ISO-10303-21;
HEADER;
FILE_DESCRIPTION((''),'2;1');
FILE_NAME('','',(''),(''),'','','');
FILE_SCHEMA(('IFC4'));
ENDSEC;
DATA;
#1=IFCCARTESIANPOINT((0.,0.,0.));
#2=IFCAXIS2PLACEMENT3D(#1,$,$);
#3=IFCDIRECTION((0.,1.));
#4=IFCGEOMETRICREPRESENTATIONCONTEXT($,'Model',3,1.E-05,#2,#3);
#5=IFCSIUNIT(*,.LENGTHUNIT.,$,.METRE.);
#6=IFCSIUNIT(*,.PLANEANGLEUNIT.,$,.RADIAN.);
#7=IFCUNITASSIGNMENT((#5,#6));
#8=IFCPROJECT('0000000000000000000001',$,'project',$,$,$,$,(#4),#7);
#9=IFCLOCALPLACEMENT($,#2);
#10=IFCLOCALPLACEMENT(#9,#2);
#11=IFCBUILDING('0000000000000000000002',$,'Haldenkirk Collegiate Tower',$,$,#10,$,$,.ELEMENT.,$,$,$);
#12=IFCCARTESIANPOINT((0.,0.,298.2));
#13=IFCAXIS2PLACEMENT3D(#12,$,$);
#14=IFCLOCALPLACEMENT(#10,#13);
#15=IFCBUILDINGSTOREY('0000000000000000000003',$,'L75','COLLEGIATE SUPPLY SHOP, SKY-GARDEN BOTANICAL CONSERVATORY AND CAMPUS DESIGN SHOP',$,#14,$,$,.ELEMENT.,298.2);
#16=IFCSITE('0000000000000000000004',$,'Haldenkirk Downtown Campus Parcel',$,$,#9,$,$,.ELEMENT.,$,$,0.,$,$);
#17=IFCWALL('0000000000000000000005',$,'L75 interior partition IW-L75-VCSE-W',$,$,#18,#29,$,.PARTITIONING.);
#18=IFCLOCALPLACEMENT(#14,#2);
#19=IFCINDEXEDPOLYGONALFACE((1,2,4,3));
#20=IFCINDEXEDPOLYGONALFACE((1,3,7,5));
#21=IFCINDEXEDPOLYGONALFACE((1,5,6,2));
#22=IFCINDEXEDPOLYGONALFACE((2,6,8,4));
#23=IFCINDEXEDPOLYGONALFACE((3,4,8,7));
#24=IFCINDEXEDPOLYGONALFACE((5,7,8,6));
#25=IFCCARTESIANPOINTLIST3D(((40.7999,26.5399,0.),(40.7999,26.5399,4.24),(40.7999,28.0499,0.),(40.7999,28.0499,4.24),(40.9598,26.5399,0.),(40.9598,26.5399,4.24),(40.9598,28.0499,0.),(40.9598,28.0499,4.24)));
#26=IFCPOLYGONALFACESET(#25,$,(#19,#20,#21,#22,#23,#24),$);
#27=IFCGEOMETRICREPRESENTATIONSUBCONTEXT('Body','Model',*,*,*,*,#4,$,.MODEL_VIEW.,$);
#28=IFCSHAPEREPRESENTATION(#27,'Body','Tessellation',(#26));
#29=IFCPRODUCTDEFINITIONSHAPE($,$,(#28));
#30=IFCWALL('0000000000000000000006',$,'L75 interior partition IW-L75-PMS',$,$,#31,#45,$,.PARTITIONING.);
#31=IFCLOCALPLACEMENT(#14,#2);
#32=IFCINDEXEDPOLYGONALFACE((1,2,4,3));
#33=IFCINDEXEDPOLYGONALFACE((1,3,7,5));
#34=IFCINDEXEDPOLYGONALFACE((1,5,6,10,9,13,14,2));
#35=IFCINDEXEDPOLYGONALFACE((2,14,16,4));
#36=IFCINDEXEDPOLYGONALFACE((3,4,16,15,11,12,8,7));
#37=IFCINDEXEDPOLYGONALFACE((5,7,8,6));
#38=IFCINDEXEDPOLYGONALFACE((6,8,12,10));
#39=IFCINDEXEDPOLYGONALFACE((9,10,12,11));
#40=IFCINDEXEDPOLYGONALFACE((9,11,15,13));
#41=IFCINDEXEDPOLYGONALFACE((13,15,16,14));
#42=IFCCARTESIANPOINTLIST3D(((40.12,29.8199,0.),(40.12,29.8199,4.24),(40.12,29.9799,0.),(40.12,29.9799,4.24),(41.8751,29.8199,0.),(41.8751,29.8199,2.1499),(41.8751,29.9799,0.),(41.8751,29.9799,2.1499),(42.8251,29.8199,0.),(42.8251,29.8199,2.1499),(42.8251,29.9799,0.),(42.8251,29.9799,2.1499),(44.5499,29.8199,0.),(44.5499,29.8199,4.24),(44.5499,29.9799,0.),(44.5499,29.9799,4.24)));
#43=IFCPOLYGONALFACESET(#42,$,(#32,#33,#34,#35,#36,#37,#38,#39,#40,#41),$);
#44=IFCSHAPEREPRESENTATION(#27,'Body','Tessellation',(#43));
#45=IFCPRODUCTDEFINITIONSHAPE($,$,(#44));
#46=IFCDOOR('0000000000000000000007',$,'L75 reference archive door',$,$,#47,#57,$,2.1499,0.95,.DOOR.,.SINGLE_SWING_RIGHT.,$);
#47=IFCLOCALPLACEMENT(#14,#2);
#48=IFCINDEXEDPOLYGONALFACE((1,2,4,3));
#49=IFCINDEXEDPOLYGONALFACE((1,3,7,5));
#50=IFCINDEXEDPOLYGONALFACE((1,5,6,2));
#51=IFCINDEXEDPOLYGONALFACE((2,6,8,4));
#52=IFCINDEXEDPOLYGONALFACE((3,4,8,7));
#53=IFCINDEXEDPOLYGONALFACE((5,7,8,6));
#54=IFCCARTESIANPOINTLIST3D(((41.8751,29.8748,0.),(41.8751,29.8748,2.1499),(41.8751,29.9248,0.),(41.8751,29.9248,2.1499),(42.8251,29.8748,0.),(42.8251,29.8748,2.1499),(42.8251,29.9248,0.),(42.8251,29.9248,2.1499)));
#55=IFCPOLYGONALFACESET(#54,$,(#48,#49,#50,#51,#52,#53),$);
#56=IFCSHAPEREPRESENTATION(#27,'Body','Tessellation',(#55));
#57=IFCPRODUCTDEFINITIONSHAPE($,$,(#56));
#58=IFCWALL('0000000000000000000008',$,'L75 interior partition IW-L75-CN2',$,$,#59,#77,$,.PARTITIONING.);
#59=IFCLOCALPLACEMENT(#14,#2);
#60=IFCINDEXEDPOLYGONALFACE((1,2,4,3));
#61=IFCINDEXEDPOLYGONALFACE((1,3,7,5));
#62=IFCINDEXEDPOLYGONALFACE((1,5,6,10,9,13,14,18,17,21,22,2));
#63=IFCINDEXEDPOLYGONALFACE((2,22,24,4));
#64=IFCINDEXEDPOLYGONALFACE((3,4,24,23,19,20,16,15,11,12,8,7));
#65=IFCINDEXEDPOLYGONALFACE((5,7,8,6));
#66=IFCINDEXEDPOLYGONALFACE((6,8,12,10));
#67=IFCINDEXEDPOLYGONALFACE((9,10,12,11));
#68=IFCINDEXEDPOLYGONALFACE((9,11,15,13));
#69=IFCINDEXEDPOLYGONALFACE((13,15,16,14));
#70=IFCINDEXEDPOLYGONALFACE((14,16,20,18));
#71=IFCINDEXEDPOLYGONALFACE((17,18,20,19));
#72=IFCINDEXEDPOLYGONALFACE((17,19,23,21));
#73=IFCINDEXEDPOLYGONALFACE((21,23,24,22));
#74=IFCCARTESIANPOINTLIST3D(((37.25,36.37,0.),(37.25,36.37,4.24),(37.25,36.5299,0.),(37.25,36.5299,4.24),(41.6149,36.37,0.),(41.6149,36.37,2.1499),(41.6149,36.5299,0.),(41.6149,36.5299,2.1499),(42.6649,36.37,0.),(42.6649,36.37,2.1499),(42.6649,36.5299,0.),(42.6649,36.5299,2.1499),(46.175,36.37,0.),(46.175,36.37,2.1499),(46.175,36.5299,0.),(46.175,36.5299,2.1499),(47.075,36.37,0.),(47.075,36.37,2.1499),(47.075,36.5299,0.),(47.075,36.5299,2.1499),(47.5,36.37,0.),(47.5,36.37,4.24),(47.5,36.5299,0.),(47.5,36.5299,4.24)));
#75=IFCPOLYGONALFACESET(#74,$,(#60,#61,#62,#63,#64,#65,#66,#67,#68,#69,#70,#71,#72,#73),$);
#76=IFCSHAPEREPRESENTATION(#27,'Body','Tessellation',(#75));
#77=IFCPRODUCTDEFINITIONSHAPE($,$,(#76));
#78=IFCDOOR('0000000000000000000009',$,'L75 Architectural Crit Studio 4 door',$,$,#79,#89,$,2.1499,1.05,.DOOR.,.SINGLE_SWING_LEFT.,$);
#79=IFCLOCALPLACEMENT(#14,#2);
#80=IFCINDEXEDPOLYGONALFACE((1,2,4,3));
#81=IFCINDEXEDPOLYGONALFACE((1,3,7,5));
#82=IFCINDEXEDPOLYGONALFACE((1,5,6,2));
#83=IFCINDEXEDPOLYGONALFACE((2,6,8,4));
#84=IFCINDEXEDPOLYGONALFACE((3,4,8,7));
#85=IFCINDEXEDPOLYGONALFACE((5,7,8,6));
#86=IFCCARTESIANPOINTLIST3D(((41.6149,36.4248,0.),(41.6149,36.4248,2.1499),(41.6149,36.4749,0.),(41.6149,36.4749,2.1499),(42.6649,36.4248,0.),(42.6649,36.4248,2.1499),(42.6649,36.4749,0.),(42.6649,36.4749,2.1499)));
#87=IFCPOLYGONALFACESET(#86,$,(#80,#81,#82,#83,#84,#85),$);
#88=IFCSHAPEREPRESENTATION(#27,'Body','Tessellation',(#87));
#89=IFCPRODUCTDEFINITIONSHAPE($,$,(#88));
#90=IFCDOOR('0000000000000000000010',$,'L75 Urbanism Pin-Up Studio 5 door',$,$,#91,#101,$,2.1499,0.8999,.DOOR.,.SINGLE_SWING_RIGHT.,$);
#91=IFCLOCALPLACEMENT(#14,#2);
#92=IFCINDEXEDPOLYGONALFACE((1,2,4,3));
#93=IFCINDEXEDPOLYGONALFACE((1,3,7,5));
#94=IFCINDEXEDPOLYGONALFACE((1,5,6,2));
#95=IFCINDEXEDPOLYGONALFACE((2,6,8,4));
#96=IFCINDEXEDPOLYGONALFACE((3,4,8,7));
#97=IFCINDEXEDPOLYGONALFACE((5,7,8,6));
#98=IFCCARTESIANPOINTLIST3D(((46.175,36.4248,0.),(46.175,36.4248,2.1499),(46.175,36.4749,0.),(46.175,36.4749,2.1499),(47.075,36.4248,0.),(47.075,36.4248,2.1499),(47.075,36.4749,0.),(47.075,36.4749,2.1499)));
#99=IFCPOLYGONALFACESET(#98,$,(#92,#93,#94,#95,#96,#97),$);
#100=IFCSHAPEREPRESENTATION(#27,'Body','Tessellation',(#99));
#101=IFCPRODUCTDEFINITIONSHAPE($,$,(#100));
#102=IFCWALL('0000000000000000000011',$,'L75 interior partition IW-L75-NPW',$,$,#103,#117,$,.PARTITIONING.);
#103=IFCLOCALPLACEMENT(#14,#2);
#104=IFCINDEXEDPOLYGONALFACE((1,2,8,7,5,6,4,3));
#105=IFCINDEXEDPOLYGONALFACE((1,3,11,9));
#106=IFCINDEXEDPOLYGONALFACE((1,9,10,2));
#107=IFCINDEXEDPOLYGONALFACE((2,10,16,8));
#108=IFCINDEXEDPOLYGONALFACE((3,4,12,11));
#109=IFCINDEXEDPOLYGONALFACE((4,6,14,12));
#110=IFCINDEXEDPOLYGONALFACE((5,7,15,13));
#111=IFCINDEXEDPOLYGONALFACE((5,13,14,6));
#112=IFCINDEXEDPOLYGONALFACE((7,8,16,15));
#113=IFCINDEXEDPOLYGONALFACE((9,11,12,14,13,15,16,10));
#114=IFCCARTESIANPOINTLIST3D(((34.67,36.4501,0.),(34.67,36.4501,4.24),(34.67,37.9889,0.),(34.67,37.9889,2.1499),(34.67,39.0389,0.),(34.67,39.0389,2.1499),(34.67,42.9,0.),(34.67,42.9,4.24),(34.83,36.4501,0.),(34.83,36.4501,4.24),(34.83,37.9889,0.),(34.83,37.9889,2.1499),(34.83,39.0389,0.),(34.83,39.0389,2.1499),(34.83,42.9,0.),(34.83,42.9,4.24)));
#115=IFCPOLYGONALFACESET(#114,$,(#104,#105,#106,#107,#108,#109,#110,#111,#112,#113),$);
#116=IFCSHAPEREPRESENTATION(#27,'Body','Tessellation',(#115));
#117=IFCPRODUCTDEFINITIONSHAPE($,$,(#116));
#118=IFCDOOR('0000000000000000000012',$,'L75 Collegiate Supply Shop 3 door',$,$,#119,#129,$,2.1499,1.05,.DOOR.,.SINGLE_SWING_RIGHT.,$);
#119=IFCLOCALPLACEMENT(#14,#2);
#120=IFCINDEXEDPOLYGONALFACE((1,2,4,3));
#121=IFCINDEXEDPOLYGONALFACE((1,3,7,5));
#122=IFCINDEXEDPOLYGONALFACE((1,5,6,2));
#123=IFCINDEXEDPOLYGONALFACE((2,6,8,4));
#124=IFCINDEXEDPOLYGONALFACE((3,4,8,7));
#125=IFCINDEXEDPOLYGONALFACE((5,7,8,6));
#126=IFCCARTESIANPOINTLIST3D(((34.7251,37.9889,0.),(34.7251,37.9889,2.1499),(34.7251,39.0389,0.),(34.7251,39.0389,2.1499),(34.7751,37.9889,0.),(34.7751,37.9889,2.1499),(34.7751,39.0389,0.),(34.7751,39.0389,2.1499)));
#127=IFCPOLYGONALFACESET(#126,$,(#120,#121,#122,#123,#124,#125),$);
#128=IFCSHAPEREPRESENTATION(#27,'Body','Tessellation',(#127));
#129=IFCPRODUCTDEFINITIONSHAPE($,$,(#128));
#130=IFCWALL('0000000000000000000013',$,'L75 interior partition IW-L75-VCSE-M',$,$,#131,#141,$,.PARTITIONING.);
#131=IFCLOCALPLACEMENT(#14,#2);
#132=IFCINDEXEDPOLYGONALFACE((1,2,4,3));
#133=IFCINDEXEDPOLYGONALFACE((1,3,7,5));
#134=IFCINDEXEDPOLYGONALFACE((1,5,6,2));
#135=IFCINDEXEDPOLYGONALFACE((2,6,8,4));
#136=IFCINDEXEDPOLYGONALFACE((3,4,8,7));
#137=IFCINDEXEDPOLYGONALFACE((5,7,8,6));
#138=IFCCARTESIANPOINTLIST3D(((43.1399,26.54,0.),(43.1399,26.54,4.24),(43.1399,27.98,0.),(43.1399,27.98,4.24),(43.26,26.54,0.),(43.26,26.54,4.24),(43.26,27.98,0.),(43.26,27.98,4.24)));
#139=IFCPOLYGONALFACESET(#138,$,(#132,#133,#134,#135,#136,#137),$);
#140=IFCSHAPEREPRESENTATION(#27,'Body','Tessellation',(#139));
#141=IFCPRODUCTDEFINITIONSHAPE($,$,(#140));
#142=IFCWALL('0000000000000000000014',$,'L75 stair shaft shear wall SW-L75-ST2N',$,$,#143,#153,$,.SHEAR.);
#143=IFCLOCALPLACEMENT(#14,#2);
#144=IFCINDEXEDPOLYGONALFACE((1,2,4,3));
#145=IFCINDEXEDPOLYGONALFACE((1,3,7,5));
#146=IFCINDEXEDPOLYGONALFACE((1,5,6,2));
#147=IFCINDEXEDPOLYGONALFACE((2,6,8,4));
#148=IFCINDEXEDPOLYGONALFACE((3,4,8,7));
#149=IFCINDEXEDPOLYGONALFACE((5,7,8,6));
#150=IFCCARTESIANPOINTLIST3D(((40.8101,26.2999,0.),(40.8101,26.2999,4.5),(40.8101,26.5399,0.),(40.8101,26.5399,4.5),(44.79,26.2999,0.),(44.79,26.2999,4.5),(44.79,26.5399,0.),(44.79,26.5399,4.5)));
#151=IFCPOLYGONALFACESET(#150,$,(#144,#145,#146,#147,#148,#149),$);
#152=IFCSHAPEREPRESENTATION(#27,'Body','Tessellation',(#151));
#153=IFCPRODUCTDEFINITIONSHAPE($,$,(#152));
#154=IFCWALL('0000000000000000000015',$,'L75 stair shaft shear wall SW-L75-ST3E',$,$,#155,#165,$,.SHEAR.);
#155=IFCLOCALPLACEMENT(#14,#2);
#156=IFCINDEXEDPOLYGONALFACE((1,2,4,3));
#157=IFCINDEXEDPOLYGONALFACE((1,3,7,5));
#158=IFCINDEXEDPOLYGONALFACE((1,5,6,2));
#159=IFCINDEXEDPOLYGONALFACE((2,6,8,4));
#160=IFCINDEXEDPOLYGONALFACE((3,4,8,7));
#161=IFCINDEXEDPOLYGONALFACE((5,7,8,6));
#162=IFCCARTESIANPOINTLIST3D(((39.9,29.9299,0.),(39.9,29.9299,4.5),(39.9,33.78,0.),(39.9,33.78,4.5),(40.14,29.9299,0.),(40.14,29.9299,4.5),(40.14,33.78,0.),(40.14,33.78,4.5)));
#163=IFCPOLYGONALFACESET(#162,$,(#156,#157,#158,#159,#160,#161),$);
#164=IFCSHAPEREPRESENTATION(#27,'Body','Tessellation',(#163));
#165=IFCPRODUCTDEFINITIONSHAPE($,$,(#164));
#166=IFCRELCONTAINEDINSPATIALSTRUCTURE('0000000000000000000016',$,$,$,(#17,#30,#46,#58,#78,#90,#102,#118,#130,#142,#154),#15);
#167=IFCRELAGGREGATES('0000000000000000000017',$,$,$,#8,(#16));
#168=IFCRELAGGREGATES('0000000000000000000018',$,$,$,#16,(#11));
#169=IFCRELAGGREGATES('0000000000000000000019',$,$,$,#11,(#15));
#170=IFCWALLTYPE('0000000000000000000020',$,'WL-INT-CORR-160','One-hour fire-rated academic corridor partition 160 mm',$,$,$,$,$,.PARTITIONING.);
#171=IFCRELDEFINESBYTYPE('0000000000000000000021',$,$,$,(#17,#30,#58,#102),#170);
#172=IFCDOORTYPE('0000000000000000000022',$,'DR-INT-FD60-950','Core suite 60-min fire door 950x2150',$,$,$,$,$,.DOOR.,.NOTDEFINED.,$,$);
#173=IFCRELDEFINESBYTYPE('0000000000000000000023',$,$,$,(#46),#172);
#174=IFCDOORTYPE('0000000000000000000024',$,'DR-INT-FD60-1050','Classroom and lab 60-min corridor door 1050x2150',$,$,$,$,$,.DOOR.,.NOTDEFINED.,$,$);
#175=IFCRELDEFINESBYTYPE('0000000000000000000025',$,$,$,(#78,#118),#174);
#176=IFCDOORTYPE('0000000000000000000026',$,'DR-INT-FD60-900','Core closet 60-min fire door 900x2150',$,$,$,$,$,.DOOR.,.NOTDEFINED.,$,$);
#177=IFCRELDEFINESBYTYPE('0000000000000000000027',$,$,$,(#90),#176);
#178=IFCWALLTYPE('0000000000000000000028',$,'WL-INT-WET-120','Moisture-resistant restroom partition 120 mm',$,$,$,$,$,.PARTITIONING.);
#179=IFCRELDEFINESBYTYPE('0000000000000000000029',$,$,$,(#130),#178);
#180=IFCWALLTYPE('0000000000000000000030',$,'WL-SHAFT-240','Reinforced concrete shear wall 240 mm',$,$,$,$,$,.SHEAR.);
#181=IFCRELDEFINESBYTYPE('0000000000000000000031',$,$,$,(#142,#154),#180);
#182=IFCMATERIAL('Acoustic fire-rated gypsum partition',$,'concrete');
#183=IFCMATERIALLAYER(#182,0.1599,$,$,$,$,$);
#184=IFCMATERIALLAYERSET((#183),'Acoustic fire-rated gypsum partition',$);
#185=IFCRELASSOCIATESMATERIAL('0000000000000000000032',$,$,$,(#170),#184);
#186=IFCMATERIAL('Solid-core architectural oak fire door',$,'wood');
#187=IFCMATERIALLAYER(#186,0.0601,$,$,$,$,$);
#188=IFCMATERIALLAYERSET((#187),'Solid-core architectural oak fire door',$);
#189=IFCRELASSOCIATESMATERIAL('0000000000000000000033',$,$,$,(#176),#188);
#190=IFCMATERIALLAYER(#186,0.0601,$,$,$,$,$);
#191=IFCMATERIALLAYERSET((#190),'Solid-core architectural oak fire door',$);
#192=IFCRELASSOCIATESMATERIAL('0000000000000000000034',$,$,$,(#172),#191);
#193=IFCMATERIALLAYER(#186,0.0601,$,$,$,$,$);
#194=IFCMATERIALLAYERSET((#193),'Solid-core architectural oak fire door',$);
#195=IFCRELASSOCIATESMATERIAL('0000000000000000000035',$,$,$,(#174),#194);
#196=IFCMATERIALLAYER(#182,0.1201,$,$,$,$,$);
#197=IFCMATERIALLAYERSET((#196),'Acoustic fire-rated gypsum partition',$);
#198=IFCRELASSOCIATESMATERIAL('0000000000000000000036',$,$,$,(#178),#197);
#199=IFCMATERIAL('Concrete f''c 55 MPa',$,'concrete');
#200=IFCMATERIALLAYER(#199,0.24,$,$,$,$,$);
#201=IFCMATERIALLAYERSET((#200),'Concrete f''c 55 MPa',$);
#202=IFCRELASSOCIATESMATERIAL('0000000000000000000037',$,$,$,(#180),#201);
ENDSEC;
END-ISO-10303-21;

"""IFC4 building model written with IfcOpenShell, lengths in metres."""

from ifc_helpers import new_model, si_unit, direction, frame, frame_2d, origin, place, context, subcontext, project, spatial, rectangle, extrude, material, layer, layer_set, type_object, element, fill, save


model = new_model("IFC4")

# Units and contexts
model_context = context("Model", 3, precision=1e-05, world=origin(), true_north=direction((0.0, 1.0)))
body_context = subcontext(model_context, "Body", "Model", "MODEL_VIEW")
ifc_project = project(units=[si_unit("LENGTHUNIT", "METRE"), si_unit("PLANEANGLEUNIT", "RADIAN")], contexts=[model_context])

# Site, building, storey
site_placement = place(None, origin())
site = spatial("IfcSite", under=ifc_project, at=site_placement, Name="Haldenkirk Downtown Campus Parcel", CompositionType="ELEMENT", RefElevation=0.0)
building_placement = place(site_placement, origin())
building = spatial("IfcBuilding", under=site, at=building_placement, Name="Haldenkirk Collegiate Tower", CompositionType="ELEMENT")
storey_placement = place(building_placement, frame((0.0, 0.0, 298.2)))
storey = spatial("IfcBuildingStorey", under=building, at=storey_placement, Name="L75", Description="COLLEGIATE SUPPLY SHOP, SKY-GARDEN BOTANICAL CONSERVATORY AND CAMPUS DESIGN SHOP", CompositionType="ELEMENT", Elevation=298.2)

# Shared definitions
ifc_material_1 = material(Name="Acoustic fire-rated gypsum partition", Category="concrete")
ifc_layer_1 = layer(ifc_material_1, 0.1599)
ifc_layer_set_1 = layer_set([ifc_layer_1], Name="Acoustic fire-rated gypsum partition")
wall_type_1 = type_object("IfcWallType", Name="WL-INT-CORR-160", Description="One-hour fire-rated academic corridor partition 160 mm", PredefinedType="PARTITIONING", material=ifc_layer_set_1)
ifc_material_2 = material(Name="Solid-core architectural oak fire door", Category="wood")
ifc_layer_2 = layer(ifc_material_2, 0.0601)
ifc_layer_set_2 = layer_set([ifc_layer_2], Name="Solid-core architectural oak fire door")
door_type_1 = type_object("IfcDoorType", Name="DR-INT-FD60-900", Description="Core closet 60-min fire door 900x2150", OperationType="NOTDEFINED", PredefinedType="DOOR", material=ifc_layer_set_2)

# Wall
wall_1_placement = place(storey_placement, frame((40.8799, 26.54, 0.0), z_axis=(0.0, 0.0, 1.0), x_axis=(0.0, 1.0, 0.0)))
element("IfcWall", 1, at=wall_1_placement, inside=storey, type_object=wall_type_1, Name="L75 interior partition IW-L75-VCSE-W", PredefinedType="PARTITIONING", context=body_context, shape_type="SweptSolid", body=[
    extrude(rectangle(XDim=1.51, YDim=0.1599, at=frame_2d((0.7549, 0.0))), origin(), (0.0, 0.0, 1.0), 4.24),
])

# Wall, opening, door
wall_2_placement = place(storey_placement, frame((40.1201, 29.8999, 0.0), z_axis=(0.0, 0.0, 1.0), x_axis=(1.0, 0.0, 0.0)))
wall_2 = element("IfcWall", 2, at=wall_2_placement, inside=storey, type_object=wall_type_1, Name="L75 interior partition IW-L75-PMS", PredefinedType="PARTITIONING", context=body_context, shape_type="SweptSolid", body=[
    extrude(rectangle(XDim=4.4299, YDim=0.1599, at=frame_2d((2.2148, 0.0))), origin(), (0.0, 0.0, 1.0), 4.24),
])
opening_1_placement = place(wall_2_placement, frame((1.7549, 0.0, 0.0)))
opening_1 = element("IfcOpeningElement", 3, at=opening_1_placement, cuts=wall_2, PredefinedType="OPENING", context=body_context, shape_type="SweptSolid", body=[
    extrude(rectangle(XDim=0.95, YDim=2.1499, at=frame_2d((0.4751, 1.075))), frame((0.0, 0.0898, 0.0), z_axis=(0.0, -1.0, 0.0), x_axis=(1.0, 0.0, 0.0)), (0.0, 0.0, 1.0), 0.1799),
])
ifc_layer_3 = layer(ifc_material_2, 0.0601)
ifc_layer_set_3 = layer_set([ifc_layer_3], Name="Solid-core architectural oak fire door")
door_type_2 = type_object("IfcDoorType", Name="DR-INT-FD60-950", Description="Core suite 60-min fire door 950x2150", OperationType="NOTDEFINED", PredefinedType="DOOR", material=ifc_layer_set_3)
door_1_placement = place(opening_1_placement, origin())
door_1 = element("IfcDoor", 4, at=door_1_placement, inside=storey, type_object=door_type_2, Name="L75 reference archive door", OperationType="SINGLE_SWING_RIGHT", OverallHeight=2.1499, OverallWidth=0.95, PredefinedType="DOOR", context=body_context, shape_type="SweptSolid", body=[
    extrude(rectangle(XDim=0.95, YDim=2.1499, at=frame_2d((0.4751, 1.075))), frame((0.0, 0.0249, 0.0), z_axis=(0.0, -1.0, 0.0), x_axis=(1.0, 0.0, 0.0)), (0.0, 0.0, 1.0), 0.05),
])
fill(opening_1, door_1)

# Wall, openings, doors
wall_3_placement = place(storey_placement, frame((37.25, 36.45, 0.0), z_axis=(0.0, 0.0, 1.0), x_axis=(1.0, 0.0, 0.0)))
wall_3 = element("IfcWall", 5, at=wall_3_placement, inside=storey, type_object=wall_type_1, Name="L75 interior partition IW-L75-CN2", PredefinedType="PARTITIONING", context=body_context, shape_type="SweptSolid", body=[
    extrude(rectangle(XDim=10.25, YDim=0.1599, at=frame_2d((5.125, 0.0))), origin(), (0.0, 0.0, 1.0), 4.24),
])
opening_2_placement = place(wall_3_placement, frame((4.365, 0.0, 0.0)))
opening_2 = element("IfcOpeningElement", 6, at=opening_2_placement, cuts=wall_3, PredefinedType="OPENING", context=body_context, shape_type="SweptSolid", body=[
    extrude(rectangle(XDim=1.05, YDim=2.1499, at=frame_2d((0.5249, 1.075))), frame((0.0, 0.0898, 0.0), z_axis=(0.0, -1.0, 0.0), x_axis=(1.0, 0.0, 0.0)), (0.0, 0.0, 1.0), 0.1799),
])
opening_3_placement = place(wall_3_placement, frame((8.925, 0.0, 0.0)))
opening_3 = element("IfcOpeningElement", 7, at=opening_3_placement, cuts=wall_3, PredefinedType="OPENING", context=body_context, shape_type="SweptSolid", body=[
    extrude(rectangle(XDim=0.8999, YDim=2.1499, at=frame_2d((0.45, 1.075))), frame((0.0, 0.0898, 0.0), z_axis=(0.0, -1.0, 0.0), x_axis=(1.0, 0.0, 0.0)), (0.0, 0.0, 1.0), 0.1799),
])
ifc_layer_4 = layer(ifc_material_2, 0.0601)
ifc_layer_set_4 = layer_set([ifc_layer_4], Name="Solid-core architectural oak fire door")
door_type_3 = type_object("IfcDoorType", Name="DR-INT-FD60-1050", Description="Classroom and lab 60-min corridor door 1050x2150", OperationType="NOTDEFINED", PredefinedType="DOOR", material=ifc_layer_set_4)
door_2_placement = place(opening_2_placement, origin())
door_2 = element("IfcDoor", 8, at=door_2_placement, inside=storey, type_object=door_type_3, Name="L75 Architectural Crit Studio 4 door", OperationType="SINGLE_SWING_LEFT", OverallHeight=2.1499, OverallWidth=1.05, PredefinedType="DOOR", context=body_context, shape_type="SweptSolid", body=[
    extrude(rectangle(XDim=1.05, YDim=2.1499, at=frame_2d((0.5249, 1.075))), frame((0.0, 0.0249, 0.0), z_axis=(0.0, -1.0, 0.0), x_axis=(1.0, 0.0, 0.0)), (0.0, 0.0, 1.0), 0.05),
])
fill(opening_2, door_2)
door_3_placement = place(opening_3_placement, origin())
door_3 = element("IfcDoor", 9, at=door_3_placement, inside=storey, type_object=door_type_1, Name="L75 Urbanism Pin-Up Studio 5 door", OperationType="SINGLE_SWING_RIGHT", OverallHeight=2.1499, OverallWidth=0.8999, PredefinedType="DOOR", context=body_context, shape_type="SweptSolid", body=[
    extrude(rectangle(XDim=0.8999, YDim=2.1499, at=frame_2d((0.45, 1.075))), frame((0.0, 0.0249, 0.0), z_axis=(0.0, -1.0, 0.0), x_axis=(1.0, 0.0, 0.0)), (0.0, 0.0, 1.0), 0.05),
])
fill(opening_3, door_3)

# Wall, opening, door
wall_4_placement = place(storey_placement, frame((34.75, 36.45, 0.0), z_axis=(0.0, 0.0, 1.0), x_axis=(0.0, 1.0, 0.0)))
wall_4 = element("IfcWall", 10, at=wall_4_placement, inside=storey, type_object=wall_type_1, Name="L75 interior partition IW-L75-NPW", PredefinedType="PARTITIONING", context=body_context, shape_type="SweptSolid", body=[
    extrude(rectangle(XDim=6.45, YDim=0.1599, at=frame_2d((3.2251, 0.0))), origin(), (0.0, 0.0, 1.0), 4.24),
])
opening_4_placement = place(wall_4_placement, frame((1.5391, 0.0, 0.0)))
opening_4 = element("IfcOpeningElement", 11, at=opening_4_placement, cuts=wall_4, PredefinedType="OPENING", context=body_context, shape_type="SweptSolid", body=[
    extrude(rectangle(XDim=1.05, YDim=2.1499, at=frame_2d((0.5249, 1.075))), frame((0.0, 0.0898, 0.0), z_axis=(0.0, -1.0, 0.0), x_axis=(1.0, 0.0, 0.0)), (0.0, 0.0, 1.0), 0.1799),
])
door_4_placement = place(opening_4_placement, origin())
door_4 = element("IfcDoor", 12, at=door_4_placement, inside=storey, type_object=door_type_3, Name="L75 Collegiate Supply Shop 3 door", OperationType="SINGLE_SWING_RIGHT", OverallHeight=2.1499, OverallWidth=1.05, PredefinedType="DOOR", context=body_context, shape_type="SweptSolid", body=[
    extrude(rectangle(XDim=1.05, YDim=2.1499, at=frame_2d((0.5249, 1.075))), frame((0.0, 0.0249, 0.0), z_axis=(0.0, -1.0, 0.0), x_axis=(1.0, 0.0, 0.0)), (0.0, 0.0, 1.0), 0.05),
])
fill(opening_4, door_4)

# Walls
ifc_layer_5 = layer(ifc_material_1, 0.1201)
ifc_layer_set_5 = layer_set([ifc_layer_5], Name="Acoustic fire-rated gypsum partition")
wall_type_2 = type_object("IfcWallType", Name="WL-INT-WET-120", Description="Moisture-resistant restroom partition 120 mm", PredefinedType="PARTITIONING", material=ifc_layer_set_5)
wall_5_placement = place(storey_placement, frame((43.2, 26.54, 0.0), z_axis=(0.0, 0.0, 1.0), x_axis=(0.0, 1.0, 0.0)))
element("IfcWall", 13, at=wall_5_placement, inside=storey, type_object=wall_type_2, Name="L75 interior partition IW-L75-VCSE-M", PredefinedType="PARTITIONING", context=body_context, shape_type="SweptSolid", body=[
    extrude(rectangle(XDim=1.4399, YDim=0.1201, at=frame_2d((0.72, 0.0))), origin(), (0.0, 0.0, 1.0), 4.24),
])
ifc_material_3 = material(Name="Concrete f'c 55 MPa", Category="concrete")
ifc_layer_6 = layer(ifc_material_3, 0.24)
ifc_layer_set_6 = layer_set([ifc_layer_6], Name="Concrete f'c 55 MPa")
wall_type_3 = type_object("IfcWallType", Name="WL-SHAFT-240", Description="Reinforced concrete shear wall 240 mm", PredefinedType="SHEAR", material=ifc_layer_set_6)
wall_6_placement = place(storey_placement, frame((40.8101, 26.4199, 0.0), z_axis=(0.0, 0.0, 1.0), x_axis=(1.0, 0.0, 0.0)))
element("IfcWall", 14, at=wall_6_placement, inside=storey, type_object=wall_type_3, Name="L75 stair shaft shear wall SW-L75-ST2N", PredefinedType="SHEAR", context=body_context, shape_type="SweptSolid", body=[
    extrude(rectangle(XDim=3.98, YDim=0.24, at=frame_2d((1.99, 0.0))), origin(), (0.0, 0.0, 1.0), 4.5),
])
wall_7_placement = place(storey_placement, frame((40.02, 29.9299, 0.0), z_axis=(0.0, 0.0, 1.0), x_axis=(0.0, 1.0, 0.0)))
element("IfcWall", 15, at=wall_7_placement, inside=storey, type_object=wall_type_3, Name="L75 stair shaft shear wall SW-L75-ST3E", PredefinedType="SHEAR", context=body_context, shape_type="SweptSolid", body=[
    extrude(rectangle(XDim=3.8501, YDim=0.24, at=frame_2d((1.925, 0.0))), origin(), (0.0, 0.0, 1.0), 4.5),
])

save(model, "model.ifc")
